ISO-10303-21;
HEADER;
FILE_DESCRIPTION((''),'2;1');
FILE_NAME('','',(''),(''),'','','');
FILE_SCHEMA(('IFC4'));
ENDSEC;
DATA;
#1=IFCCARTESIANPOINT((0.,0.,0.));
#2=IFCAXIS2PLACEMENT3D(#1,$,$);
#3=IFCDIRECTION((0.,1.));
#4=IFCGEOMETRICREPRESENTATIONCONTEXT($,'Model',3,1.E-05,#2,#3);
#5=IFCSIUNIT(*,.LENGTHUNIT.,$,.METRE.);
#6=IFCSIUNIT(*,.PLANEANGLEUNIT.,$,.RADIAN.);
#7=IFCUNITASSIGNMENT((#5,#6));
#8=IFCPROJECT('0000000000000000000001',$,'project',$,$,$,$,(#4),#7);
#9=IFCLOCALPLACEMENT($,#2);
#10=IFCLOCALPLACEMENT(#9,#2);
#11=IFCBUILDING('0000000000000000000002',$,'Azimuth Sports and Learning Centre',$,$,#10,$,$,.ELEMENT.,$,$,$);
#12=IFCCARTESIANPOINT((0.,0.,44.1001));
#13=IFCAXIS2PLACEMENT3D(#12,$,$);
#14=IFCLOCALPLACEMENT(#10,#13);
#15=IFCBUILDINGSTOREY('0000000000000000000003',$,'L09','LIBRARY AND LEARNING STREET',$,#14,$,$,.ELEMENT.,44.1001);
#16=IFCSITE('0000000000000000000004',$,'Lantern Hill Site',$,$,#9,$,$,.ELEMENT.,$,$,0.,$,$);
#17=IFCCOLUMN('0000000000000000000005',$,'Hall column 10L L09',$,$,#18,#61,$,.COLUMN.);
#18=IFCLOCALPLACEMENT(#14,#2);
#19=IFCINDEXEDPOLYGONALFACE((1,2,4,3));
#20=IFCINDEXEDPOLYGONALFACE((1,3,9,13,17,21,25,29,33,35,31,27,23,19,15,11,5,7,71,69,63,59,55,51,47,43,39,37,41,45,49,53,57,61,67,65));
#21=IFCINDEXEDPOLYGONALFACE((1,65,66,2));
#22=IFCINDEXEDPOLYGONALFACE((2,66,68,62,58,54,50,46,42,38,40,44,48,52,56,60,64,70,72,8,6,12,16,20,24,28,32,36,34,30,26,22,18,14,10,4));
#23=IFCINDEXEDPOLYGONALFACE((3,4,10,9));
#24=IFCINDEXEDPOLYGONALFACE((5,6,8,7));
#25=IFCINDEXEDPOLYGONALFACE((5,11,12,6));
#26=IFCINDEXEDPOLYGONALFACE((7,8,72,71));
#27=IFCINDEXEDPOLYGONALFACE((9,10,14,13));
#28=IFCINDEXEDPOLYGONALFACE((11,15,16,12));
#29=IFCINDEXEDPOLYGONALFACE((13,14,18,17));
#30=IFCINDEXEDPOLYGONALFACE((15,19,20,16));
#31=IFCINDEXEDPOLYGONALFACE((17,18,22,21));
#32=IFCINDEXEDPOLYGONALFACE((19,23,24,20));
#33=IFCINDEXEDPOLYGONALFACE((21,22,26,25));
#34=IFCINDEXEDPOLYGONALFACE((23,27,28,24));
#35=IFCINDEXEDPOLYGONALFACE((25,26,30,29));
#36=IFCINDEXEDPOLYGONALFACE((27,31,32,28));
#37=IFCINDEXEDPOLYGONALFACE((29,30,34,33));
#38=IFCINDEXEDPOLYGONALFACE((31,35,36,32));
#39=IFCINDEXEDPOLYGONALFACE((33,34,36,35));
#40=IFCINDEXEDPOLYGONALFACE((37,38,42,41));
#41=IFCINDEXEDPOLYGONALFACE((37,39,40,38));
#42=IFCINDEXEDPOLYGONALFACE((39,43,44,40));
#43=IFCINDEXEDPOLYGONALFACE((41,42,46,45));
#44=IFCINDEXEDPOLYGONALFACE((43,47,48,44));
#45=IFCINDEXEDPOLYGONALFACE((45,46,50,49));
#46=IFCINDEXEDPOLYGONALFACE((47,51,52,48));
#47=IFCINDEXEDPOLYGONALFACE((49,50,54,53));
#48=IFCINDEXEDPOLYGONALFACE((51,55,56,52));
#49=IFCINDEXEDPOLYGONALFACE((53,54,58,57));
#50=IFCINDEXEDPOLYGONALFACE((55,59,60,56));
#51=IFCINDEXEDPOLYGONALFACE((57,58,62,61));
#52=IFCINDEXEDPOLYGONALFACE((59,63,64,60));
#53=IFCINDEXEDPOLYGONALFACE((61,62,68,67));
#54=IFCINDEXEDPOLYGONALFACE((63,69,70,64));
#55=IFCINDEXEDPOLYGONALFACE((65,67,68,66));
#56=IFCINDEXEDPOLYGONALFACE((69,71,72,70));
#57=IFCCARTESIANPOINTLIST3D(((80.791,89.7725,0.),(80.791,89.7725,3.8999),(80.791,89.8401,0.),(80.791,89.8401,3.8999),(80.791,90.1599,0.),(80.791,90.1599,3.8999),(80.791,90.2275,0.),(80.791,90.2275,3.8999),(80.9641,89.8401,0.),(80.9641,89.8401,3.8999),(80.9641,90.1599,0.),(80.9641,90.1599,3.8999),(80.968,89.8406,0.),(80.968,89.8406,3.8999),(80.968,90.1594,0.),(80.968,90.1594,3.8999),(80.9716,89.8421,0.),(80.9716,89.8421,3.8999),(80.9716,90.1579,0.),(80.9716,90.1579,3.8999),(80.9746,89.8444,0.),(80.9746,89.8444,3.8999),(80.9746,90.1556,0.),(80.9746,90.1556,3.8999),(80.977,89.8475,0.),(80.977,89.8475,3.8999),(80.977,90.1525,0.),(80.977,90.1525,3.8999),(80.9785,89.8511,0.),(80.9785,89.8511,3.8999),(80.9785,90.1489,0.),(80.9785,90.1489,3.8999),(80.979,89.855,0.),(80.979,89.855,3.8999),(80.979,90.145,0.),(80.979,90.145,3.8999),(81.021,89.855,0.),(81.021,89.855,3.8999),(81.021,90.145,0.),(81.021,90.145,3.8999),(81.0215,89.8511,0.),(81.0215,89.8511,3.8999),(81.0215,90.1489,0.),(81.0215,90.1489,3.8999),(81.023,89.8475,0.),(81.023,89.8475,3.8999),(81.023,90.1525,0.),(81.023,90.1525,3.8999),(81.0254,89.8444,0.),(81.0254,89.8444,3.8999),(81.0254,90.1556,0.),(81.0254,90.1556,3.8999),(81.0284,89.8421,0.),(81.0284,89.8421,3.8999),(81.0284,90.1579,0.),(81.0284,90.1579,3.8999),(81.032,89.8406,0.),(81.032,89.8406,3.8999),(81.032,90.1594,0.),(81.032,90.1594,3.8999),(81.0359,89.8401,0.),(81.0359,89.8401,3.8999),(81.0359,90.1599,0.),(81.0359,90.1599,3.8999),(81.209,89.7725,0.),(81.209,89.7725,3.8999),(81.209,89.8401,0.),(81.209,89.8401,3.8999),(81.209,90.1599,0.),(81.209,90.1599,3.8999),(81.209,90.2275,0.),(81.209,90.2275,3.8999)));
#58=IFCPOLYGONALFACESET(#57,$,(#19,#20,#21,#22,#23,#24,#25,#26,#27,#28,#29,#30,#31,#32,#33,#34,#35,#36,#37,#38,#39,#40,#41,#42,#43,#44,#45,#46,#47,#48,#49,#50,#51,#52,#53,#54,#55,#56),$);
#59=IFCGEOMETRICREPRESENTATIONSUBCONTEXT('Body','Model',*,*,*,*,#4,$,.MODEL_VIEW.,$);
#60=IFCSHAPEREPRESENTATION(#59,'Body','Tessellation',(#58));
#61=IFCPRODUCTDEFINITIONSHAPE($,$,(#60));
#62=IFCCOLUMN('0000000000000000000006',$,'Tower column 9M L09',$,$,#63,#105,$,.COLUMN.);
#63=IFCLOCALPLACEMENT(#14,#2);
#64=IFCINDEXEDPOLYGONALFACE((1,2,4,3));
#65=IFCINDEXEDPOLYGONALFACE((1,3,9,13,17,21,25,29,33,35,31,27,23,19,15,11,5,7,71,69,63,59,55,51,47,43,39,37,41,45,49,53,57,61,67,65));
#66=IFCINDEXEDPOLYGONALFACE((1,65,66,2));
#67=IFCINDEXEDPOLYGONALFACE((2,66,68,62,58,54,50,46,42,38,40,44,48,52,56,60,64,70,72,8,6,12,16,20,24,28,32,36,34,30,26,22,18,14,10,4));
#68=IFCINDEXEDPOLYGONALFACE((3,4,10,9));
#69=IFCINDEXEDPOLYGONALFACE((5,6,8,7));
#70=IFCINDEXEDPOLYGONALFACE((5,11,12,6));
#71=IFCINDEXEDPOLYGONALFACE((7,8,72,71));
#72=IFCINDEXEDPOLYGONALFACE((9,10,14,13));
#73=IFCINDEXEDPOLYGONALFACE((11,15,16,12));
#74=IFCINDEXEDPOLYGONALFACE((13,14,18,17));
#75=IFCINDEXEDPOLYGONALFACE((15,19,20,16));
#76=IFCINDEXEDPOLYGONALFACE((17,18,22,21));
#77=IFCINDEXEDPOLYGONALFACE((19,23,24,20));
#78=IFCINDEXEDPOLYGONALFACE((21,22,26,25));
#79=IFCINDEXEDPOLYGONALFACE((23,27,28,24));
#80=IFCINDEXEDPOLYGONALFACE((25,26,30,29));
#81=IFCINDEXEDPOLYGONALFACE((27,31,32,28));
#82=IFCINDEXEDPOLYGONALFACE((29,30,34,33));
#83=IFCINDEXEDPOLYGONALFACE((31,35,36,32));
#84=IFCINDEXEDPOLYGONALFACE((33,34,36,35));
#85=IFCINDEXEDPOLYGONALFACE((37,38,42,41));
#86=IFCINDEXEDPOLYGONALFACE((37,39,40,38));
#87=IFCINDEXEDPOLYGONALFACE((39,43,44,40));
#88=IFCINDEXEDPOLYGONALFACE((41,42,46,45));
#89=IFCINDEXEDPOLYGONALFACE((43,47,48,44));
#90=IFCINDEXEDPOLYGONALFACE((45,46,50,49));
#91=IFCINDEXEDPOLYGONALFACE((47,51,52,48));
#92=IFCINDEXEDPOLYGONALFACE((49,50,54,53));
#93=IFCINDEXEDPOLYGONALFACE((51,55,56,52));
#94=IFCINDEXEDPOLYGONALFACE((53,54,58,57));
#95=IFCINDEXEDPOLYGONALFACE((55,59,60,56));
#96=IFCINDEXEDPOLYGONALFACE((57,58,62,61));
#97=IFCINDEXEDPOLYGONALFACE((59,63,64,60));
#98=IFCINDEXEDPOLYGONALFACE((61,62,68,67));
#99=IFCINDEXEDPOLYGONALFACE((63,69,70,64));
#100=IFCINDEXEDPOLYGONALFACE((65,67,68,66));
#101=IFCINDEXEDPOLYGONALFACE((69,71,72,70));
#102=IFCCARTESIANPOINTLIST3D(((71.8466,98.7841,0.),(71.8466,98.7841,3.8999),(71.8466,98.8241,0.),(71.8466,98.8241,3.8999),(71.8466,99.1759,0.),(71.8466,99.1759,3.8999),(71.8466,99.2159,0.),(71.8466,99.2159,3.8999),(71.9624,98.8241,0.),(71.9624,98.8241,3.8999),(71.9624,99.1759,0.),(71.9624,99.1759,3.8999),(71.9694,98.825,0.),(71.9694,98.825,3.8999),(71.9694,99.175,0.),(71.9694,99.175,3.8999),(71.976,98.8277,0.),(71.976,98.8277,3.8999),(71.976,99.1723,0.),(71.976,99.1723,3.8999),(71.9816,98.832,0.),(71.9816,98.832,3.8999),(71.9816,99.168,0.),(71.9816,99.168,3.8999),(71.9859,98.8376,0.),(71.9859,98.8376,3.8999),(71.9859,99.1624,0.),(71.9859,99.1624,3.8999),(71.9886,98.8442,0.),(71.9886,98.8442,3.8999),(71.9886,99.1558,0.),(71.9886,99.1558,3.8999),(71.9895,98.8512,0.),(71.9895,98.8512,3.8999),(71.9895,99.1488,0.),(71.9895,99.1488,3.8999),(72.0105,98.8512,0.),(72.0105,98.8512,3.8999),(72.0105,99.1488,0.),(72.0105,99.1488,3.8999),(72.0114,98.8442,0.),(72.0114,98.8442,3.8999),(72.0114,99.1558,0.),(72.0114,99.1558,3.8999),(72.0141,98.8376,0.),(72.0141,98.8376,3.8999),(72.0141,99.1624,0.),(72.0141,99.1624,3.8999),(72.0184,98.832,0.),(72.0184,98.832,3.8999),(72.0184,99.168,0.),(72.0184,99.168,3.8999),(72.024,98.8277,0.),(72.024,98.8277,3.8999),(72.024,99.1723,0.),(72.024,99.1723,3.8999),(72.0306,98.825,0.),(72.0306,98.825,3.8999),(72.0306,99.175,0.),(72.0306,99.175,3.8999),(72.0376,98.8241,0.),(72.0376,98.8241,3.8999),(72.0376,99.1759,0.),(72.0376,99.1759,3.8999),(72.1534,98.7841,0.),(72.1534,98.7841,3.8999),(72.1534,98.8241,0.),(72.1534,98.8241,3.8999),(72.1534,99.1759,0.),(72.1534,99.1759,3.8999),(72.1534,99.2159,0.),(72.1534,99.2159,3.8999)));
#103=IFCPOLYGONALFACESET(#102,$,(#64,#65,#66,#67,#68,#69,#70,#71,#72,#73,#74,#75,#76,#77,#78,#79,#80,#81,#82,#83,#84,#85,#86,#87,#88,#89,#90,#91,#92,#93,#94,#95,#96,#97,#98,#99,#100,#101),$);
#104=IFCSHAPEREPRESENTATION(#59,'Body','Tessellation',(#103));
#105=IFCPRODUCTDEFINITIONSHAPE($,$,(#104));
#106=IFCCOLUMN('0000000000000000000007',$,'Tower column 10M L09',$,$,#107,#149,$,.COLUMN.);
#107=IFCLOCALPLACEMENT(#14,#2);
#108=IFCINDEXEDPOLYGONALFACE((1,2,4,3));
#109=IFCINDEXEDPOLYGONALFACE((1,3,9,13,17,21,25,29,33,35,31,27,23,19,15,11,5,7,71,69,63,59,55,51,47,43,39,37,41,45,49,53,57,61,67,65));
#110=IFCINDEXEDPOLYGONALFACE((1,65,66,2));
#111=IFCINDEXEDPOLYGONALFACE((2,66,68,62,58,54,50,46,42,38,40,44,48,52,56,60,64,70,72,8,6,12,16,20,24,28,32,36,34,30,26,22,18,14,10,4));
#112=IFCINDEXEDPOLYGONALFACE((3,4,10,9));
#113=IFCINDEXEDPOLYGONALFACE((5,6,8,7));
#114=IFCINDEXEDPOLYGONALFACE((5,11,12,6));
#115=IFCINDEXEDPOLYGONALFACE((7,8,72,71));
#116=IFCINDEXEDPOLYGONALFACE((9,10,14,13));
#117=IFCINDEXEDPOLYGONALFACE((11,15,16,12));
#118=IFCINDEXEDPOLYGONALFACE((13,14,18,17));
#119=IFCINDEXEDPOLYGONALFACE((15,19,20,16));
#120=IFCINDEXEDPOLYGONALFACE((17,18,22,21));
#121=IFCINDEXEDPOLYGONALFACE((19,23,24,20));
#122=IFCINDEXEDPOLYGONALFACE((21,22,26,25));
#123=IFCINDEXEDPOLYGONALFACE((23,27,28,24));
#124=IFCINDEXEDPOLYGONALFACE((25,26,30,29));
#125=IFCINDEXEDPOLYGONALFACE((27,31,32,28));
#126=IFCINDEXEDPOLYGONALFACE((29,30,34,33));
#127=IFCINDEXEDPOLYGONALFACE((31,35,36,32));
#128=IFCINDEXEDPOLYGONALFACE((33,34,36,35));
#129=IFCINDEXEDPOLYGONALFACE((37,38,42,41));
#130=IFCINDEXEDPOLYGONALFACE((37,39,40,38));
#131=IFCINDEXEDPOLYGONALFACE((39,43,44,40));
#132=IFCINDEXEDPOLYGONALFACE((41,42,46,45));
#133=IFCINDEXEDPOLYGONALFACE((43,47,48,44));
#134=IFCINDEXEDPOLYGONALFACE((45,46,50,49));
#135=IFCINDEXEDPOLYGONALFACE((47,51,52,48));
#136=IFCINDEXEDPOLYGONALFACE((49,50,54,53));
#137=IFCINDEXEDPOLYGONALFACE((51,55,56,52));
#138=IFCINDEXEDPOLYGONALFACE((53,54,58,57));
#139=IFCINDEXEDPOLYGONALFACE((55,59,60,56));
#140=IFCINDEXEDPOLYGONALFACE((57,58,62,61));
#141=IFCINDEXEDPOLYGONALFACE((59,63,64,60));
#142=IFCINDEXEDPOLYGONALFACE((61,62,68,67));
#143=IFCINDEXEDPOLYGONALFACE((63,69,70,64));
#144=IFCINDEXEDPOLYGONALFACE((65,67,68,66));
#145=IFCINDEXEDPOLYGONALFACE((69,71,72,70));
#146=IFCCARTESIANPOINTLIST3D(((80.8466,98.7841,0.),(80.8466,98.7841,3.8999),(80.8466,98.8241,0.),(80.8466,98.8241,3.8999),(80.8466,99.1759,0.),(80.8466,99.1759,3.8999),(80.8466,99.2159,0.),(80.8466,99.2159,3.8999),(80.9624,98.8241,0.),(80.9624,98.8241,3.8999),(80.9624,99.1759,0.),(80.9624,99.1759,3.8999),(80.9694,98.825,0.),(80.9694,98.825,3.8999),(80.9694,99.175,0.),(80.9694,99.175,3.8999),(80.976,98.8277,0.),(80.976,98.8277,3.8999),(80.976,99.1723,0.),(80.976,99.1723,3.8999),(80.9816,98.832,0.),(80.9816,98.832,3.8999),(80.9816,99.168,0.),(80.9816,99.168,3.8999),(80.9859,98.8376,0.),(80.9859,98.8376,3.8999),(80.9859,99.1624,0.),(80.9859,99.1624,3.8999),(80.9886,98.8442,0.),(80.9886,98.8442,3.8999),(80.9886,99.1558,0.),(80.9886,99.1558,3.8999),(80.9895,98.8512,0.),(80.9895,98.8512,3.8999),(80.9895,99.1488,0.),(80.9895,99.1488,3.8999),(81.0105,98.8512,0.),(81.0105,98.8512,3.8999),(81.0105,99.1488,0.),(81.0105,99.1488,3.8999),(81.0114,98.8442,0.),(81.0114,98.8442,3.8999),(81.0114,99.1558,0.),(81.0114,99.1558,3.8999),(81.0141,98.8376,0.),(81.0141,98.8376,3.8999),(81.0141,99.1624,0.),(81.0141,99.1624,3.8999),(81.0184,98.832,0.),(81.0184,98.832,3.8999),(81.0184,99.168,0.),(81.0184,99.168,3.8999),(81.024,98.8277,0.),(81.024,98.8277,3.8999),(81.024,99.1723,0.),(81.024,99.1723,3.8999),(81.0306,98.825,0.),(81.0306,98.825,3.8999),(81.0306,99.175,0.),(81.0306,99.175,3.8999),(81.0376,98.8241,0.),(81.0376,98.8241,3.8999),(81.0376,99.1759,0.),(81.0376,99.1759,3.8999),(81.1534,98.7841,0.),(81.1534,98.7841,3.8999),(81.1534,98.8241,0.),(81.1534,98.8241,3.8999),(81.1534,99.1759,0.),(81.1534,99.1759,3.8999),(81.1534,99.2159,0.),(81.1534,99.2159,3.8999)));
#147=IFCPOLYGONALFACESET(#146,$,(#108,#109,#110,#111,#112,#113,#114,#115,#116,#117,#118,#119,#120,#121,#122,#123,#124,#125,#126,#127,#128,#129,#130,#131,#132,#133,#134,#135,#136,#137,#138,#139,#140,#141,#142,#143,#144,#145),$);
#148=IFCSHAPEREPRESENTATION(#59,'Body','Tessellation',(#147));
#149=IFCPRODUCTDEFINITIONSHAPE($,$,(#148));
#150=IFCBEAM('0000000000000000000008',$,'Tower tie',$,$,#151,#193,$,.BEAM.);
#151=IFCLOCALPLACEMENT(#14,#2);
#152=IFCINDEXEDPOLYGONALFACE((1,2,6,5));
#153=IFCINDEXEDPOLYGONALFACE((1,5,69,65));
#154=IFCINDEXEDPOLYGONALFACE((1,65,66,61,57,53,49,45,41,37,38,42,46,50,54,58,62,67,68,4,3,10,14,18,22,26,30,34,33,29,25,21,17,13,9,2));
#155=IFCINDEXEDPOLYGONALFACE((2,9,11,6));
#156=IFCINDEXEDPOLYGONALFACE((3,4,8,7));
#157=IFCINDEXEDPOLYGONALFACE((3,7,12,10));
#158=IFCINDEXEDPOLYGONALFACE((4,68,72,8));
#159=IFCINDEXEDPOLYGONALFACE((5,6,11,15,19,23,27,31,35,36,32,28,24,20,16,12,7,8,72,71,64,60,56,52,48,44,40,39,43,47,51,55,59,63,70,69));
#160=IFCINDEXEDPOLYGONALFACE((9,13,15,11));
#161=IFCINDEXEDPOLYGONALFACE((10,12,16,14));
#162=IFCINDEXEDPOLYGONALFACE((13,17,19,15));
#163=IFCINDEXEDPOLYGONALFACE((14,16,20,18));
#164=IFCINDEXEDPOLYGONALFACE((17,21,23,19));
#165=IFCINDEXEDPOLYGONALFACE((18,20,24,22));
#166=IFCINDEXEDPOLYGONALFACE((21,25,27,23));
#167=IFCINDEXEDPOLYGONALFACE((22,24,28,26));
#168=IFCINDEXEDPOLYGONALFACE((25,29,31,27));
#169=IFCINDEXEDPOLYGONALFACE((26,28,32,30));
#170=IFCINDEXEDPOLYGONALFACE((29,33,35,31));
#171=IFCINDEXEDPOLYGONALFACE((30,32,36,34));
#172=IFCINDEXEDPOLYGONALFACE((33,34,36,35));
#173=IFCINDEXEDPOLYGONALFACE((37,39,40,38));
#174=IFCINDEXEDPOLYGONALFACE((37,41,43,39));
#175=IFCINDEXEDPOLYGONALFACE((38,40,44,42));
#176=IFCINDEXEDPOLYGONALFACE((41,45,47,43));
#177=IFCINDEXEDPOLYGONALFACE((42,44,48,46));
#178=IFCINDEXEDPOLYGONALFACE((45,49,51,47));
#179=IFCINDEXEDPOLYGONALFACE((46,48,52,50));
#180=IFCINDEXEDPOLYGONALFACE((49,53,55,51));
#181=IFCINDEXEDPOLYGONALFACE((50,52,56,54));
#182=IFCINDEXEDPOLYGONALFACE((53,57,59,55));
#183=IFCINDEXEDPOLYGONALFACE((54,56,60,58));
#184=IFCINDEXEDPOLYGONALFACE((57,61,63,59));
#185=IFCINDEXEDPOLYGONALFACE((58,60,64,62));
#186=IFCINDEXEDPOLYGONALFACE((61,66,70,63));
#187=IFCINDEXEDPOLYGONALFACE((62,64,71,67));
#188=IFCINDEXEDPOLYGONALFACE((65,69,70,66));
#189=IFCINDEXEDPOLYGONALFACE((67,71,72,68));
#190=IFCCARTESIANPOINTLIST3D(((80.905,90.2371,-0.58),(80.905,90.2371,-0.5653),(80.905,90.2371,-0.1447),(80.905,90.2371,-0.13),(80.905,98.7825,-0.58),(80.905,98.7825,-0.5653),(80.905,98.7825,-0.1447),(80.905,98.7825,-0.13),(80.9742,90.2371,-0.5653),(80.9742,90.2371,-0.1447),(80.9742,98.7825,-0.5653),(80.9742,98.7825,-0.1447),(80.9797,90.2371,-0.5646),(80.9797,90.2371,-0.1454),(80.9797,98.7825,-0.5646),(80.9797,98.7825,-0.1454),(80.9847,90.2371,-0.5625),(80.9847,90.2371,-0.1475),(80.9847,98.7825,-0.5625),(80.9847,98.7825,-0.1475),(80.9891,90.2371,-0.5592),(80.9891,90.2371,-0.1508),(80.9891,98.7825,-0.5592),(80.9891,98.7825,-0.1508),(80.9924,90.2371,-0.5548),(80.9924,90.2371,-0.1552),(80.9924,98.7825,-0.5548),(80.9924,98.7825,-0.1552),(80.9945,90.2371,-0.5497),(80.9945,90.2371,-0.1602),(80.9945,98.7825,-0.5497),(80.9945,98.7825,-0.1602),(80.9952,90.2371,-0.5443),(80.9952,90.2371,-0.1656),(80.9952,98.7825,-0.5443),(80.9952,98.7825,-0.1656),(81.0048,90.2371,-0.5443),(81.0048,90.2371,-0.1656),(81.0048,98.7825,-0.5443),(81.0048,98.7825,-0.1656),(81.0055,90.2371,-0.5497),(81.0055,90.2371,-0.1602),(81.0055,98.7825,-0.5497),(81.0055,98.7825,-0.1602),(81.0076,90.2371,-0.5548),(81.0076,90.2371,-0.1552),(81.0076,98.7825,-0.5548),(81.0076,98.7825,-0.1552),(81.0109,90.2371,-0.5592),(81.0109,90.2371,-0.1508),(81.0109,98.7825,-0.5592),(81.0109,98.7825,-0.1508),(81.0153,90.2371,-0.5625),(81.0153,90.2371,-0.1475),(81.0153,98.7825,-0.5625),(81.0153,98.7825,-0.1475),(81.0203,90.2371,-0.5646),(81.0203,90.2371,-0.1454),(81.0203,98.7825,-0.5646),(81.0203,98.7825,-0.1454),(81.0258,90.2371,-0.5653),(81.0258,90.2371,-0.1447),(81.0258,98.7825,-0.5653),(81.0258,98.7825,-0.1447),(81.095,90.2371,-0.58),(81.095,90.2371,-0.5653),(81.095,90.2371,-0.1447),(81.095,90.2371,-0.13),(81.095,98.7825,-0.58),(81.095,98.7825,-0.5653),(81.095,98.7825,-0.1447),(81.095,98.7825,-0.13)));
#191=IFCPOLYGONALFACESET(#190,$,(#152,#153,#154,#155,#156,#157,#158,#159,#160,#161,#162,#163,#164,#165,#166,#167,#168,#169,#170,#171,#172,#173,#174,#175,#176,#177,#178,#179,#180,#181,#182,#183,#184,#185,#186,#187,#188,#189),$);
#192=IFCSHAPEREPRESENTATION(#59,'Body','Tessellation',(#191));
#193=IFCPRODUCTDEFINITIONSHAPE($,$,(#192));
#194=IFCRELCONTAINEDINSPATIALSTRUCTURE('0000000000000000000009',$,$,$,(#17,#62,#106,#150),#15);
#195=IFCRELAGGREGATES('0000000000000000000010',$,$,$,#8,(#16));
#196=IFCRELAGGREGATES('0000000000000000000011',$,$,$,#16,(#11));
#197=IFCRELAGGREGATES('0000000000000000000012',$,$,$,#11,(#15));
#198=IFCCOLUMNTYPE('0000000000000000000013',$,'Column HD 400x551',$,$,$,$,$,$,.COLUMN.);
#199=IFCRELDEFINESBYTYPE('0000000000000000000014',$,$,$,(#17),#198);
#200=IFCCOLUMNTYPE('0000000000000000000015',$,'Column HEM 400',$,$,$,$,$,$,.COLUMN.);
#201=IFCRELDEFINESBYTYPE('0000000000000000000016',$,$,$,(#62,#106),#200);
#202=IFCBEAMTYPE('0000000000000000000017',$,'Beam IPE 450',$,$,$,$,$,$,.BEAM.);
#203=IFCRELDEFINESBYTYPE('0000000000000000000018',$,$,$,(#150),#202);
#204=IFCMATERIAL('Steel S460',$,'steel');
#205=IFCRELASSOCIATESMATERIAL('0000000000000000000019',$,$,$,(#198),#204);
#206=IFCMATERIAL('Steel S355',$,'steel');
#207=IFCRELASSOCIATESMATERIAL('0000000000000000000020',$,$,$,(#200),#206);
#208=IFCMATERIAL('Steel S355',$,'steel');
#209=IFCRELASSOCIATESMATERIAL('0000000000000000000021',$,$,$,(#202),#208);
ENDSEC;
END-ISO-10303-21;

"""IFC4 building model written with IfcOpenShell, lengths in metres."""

from ifc_helpers import new_model, si_unit, direction, frame, origin, origin_2d, place, context, subcontext, project, spatial, i_section, extrude, material, material_profile, profile_set, type_object, element, save


model = new_model("IFC4")

# Units and contexts
model_context = context("Model", 3, precision=1e-05, world=origin(), true_north=direction((0.0, 1.0)))
body_context = subcontext(model_context, "Body", "Model", "MODEL_VIEW")
ifc_project = project(units=[si_unit("LENGTHUNIT", "METRE"), si_unit("PLANEANGLEUNIT", "RADIAN")], contexts=[model_context])

# Site, building, storey
site_placement = place(None, origin())
site = spatial("IfcSite", under=ifc_project, at=site_placement, Name="Lantern Hill Site", CompositionType="ELEMENT", RefElevation=0.0)
building_placement = place(site_placement, origin())
building = spatial("IfcBuilding", under=site, at=building_placement, Name="Azimuth Sports and Learning Centre", CompositionType="ELEMENT")
storey_placement = place(building_placement, frame((0.0, 0.0, 44.1001)))
storey = spatial("IfcBuildingStorey", under=building, at=storey_placement, Name="L09", Description="LIBRARY AND LEARNING STREET", CompositionType="ELEMENT", Elevation=44.1001)

# Columns
ifc_material_1 = material(Name="Steel S460", Category="steel")
ifc_material_profile_1 = material_profile(ifc_material_1, i_section(OverallWidth=0.418, OverallDepth=0.4551, WebThickness=0.042, FlangeThickness=0.0676, FilletRadius=0.0149, at=origin_2d()), Name="HD 400x551")
ifc_profile_set_1 = profile_set([ifc_material_profile_1], Name="Steel S460")
column_type_1 = type_object("IfcColumnType", Name="Column HD 400x551", PredefinedType="COLUMN", material=ifc_profile_set_1)
column_placement = place(storey_placement, frame((81.0, 90.0, 0.0), z_axis=(0.0, 0.0, 1.0), x_axis=(1.0, 0.0, 0.0)))
element("IfcColumn", 1, at=column_placement, inside=storey, type_object=column_type_1, Name="Hall column 10L L09", PredefinedType="COLUMN", context=body_context, shape_type="SweptSolid", body=[
    extrude(i_section(OverallWidth=0.418, OverallDepth=0.4551, WebThickness=0.042, FlangeThickness=0.0676, FilletRadius=0.0149, at=origin_2d()), origin(), (0.0, 0.0, 1.0), 3.8999),
])
ifc_material_2 = material(Name="Steel S355", Category="steel")
ifc_material_profile_2 = material_profile(ifc_material_2, i_section(OverallWidth=0.3069, OverallDepth=0.4319, WebThickness=0.021, FlangeThickness=0.04, FilletRadius=0.0271, at=origin_2d()), Name="HEM 400")
ifc_profile_set_2 = profile_set([ifc_material_profile_2], Name="Steel S355")
column_type_2 = type_object("IfcColumnType", Name="Column HEM 400", PredefinedType="COLUMN", material=ifc_profile_set_2)
for number, where, z_axis, x_axis, name in (
    (2, (72.0, 99.0, 0.0), (0.0, 0.0, 1.0), (1.0, 0.0, 0.0), "Tower column 9M L09"),
    (3, (81.0, 99.0, 0.0), (0.0, 0.0, 1.0), (1.0, 0.0, 0.0), "Tower column 10M L09"),
):
    element("IfcColumn", number, at=place(storey_placement, frame(where, z_axis=z_axis, x_axis=x_axis)), inside=storey, type_object=column_type_2, Name=name, PredefinedType="COLUMN", context=body_context, shape_type="SweptSolid", body=[
        extrude(i_section(OverallWidth=0.3069, OverallDepth=0.4319, WebThickness=0.021, FlangeThickness=0.04, FilletRadius=0.0271, at=origin_2d()), origin(), (0.0, 0.0, 1.0), 3.8999),
    ])

# Beam
ifc_material_3 = material(Name="Steel S355", Category="steel")
ifc_material_profile_3 = material_profile(ifc_material_3, i_section(OverallWidth=0.1899, OverallDepth=0.45, WebThickness=0.0095, FlangeThickness=0.0146, FilletRadius=0.021, at=origin_2d()), Name="IPE 450")
ifc_profile_set_3 = profile_set([ifc_material_profile_3], Name="Steel S355")
beam_type_1 = type_object("IfcBeamType", Name="Beam IPE 450", PredefinedType="BEAM", material=ifc_profile_set_3)
beam_1_placement = place(storey_placement, frame((81.0, 90.2371, -0.355), z_axis=(0.0, 1.0, 0.0), x_axis=(-1.0, 0.0, 0.0)))
element("IfcBeam", 4, at=beam_1_placement, inside=storey, type_object=beam_type_1, Name="Tower tie", PredefinedType="BEAM", context=body_context, shape_type="SweptSolid", body=[
    extrude(i_section(OverallWidth=0.1899, OverallDepth=0.45, WebThickness=0.0095, FlangeThickness=0.0146, FilletRadius=0.021, at=origin_2d()), origin(), (0.0, 0.0, 1.0), 8.5454),
])

save(model, "model.ifc")
